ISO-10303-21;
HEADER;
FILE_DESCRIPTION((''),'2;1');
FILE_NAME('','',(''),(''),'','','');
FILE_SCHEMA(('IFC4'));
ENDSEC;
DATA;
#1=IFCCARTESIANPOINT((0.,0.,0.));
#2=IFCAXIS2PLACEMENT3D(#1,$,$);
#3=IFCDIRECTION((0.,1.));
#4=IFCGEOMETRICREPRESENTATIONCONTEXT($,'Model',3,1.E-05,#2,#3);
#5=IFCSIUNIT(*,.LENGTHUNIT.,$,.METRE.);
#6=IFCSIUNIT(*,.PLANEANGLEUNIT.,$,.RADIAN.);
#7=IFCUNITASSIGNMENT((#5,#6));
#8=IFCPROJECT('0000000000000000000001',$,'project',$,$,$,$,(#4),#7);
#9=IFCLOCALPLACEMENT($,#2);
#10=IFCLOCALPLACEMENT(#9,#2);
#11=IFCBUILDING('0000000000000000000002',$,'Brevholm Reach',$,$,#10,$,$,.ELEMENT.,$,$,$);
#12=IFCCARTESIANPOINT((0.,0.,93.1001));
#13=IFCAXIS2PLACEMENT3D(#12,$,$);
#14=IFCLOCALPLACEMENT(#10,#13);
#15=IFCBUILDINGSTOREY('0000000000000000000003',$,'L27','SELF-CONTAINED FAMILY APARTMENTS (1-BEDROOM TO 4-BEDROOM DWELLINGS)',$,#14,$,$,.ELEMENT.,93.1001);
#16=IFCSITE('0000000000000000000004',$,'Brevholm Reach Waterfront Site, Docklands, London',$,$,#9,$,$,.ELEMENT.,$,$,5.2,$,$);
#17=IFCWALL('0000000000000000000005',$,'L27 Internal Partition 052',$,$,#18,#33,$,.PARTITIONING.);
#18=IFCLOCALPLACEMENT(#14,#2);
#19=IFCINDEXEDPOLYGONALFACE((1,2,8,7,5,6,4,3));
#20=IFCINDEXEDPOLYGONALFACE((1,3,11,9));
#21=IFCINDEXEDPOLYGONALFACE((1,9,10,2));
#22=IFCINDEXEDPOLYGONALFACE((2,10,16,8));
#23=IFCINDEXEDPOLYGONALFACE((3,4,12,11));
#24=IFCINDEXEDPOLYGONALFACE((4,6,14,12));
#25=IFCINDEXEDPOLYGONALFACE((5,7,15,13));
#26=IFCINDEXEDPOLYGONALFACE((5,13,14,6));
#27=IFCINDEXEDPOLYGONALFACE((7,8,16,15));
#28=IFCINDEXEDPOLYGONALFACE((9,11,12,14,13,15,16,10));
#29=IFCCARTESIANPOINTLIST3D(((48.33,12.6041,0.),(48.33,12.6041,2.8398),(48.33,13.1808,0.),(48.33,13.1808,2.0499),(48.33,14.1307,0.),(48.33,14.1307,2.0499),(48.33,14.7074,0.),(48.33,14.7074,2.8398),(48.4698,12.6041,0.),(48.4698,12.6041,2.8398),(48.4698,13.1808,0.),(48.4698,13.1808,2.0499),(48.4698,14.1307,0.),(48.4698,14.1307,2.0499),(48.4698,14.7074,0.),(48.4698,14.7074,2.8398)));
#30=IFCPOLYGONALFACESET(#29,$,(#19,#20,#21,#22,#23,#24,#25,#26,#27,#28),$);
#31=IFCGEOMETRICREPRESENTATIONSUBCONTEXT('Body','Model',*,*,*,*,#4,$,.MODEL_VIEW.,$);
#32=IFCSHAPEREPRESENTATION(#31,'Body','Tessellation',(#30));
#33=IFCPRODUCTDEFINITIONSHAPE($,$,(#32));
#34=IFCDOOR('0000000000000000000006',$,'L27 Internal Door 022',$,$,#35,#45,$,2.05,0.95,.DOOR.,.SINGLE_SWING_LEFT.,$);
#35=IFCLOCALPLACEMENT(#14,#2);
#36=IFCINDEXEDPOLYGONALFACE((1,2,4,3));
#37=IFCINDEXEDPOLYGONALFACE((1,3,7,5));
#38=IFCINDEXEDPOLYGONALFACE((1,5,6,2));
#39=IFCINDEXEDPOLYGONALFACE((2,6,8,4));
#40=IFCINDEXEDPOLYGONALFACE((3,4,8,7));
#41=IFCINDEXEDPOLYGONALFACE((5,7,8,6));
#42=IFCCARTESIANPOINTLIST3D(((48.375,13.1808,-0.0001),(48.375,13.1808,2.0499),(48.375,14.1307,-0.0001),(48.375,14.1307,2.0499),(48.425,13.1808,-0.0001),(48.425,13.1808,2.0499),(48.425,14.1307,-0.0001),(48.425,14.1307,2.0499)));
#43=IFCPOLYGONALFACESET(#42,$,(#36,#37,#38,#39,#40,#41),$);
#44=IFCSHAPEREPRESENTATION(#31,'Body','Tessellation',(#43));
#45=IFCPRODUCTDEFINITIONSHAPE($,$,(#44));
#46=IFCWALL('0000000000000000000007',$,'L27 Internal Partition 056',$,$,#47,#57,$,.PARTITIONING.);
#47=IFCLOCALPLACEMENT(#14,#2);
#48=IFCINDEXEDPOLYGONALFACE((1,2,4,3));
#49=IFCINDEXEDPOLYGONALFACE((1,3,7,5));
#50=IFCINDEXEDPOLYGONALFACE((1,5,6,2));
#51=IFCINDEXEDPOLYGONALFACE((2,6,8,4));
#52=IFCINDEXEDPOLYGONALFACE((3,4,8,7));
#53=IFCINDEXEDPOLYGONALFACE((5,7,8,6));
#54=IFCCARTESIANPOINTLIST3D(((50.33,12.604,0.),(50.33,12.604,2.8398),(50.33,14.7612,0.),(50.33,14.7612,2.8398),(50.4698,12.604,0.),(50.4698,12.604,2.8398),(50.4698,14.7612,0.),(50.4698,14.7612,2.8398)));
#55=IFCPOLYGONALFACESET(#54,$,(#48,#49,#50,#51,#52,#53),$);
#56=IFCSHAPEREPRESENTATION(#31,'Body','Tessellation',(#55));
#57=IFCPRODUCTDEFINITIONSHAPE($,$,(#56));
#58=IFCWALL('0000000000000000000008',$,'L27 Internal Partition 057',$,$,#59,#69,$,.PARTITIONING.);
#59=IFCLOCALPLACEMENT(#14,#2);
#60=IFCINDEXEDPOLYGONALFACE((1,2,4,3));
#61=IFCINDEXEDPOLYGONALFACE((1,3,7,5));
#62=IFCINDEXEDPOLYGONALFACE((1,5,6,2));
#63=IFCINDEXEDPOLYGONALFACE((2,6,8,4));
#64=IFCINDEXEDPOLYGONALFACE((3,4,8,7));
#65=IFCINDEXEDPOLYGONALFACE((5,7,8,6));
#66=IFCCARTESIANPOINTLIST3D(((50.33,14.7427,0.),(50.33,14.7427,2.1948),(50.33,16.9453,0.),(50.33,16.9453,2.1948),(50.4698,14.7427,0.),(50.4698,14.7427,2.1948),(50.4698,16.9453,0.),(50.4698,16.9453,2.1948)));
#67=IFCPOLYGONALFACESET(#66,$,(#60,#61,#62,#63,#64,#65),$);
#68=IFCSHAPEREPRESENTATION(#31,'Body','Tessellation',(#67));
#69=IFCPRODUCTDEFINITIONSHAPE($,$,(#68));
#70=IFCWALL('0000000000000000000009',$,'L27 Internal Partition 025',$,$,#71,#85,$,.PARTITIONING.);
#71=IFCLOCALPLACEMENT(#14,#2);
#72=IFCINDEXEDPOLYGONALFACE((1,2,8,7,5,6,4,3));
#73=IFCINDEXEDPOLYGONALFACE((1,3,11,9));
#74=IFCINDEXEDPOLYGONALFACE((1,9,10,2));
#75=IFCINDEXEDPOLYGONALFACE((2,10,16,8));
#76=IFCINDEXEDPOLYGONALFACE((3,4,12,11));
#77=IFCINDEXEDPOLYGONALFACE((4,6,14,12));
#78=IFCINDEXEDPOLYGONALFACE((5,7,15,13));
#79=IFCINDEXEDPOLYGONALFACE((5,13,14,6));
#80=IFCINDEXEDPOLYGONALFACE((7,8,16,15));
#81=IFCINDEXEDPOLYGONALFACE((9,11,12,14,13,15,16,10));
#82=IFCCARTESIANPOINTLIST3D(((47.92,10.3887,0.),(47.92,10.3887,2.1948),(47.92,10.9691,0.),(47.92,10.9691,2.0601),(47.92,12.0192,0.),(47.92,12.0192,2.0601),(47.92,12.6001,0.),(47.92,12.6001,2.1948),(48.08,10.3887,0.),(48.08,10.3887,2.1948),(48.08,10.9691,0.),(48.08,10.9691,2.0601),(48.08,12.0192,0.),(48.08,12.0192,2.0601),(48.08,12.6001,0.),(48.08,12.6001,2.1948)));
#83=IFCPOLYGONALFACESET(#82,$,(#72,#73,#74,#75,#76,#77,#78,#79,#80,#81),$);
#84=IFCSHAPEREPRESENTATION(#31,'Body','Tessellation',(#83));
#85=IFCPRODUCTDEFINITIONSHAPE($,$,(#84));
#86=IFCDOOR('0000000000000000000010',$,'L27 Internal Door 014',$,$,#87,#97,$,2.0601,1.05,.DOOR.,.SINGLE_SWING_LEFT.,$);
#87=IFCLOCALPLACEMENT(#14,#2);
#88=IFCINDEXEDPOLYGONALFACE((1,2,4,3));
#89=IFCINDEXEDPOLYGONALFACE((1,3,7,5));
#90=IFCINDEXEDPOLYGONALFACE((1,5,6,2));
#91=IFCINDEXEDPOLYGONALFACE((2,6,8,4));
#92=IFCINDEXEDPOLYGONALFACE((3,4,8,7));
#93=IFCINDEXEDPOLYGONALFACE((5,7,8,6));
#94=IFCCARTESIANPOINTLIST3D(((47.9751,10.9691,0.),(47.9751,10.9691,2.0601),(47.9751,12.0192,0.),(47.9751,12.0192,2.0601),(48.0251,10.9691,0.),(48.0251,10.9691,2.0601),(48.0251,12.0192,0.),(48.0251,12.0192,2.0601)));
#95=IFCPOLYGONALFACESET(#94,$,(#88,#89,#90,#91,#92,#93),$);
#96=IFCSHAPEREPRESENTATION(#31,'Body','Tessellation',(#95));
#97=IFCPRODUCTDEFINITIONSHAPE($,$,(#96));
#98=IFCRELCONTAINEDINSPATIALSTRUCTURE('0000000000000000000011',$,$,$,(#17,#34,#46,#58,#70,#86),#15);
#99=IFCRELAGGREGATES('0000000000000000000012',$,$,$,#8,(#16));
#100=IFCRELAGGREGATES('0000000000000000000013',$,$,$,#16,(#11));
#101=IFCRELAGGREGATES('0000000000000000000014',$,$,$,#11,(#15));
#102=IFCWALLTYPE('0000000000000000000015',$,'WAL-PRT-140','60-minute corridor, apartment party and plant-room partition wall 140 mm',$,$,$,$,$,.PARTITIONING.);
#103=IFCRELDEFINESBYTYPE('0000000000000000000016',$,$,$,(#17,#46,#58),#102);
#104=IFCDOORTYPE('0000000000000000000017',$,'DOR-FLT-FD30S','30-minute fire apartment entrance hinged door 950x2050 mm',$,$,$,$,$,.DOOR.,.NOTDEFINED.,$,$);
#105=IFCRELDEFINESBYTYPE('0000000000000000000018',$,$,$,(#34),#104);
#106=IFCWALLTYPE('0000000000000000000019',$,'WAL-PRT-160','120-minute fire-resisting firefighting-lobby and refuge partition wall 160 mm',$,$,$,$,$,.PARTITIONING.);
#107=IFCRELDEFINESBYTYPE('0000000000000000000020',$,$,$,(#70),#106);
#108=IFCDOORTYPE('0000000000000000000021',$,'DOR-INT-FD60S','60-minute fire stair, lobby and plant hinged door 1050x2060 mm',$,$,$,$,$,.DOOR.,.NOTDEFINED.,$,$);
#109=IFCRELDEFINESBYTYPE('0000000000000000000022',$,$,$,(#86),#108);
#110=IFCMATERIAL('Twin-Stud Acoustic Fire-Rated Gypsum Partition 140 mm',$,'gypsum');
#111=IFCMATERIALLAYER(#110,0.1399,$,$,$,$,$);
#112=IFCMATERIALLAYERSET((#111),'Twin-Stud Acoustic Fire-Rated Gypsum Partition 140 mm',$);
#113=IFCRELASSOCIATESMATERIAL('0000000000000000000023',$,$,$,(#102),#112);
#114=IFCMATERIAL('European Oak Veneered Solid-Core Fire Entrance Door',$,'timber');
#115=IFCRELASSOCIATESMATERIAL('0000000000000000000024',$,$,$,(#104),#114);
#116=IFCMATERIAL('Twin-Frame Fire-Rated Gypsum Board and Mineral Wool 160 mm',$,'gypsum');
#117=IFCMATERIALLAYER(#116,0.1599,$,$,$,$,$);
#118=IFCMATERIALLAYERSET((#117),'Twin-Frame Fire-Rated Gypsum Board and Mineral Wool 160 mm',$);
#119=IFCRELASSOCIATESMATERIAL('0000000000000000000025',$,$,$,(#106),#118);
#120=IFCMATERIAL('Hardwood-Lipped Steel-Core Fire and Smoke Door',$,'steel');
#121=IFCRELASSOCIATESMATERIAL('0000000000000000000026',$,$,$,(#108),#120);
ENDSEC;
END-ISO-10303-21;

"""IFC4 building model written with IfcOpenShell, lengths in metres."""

from ifc_helpers import new_model, si_unit, direction, frame, frame_2d, origin, place, context, subcontext, project, spatial, rectangle, extrude, material, layer, layer_set, type_object, element, fill, save


model = new_model("IFC4")

# Units and contexts
model_context = context("Model", 3, precision=1e-05, world=origin(), true_north=direction((0.0, 1.0)))
body_context = subcontext(model_context, "Body", "Model", "MODEL_VIEW")
ifc_project = project(units=[si_unit("LENGTHUNIT", "METRE"), si_unit("PLANEANGLEUNIT", "RADIAN")], contexts=[model_context])

# Site, building, storey
site_placement = place(None, origin())
site = spatial("IfcSite", under=ifc_project, at=site_placement, Name="Brevholm Reach Waterfront Site, Docklands, London", CompositionType="ELEMENT", RefElevation=5.2)
building_placement = place(site_placement, origin())
building = spatial("IfcBuilding", under=site, at=building_placement, Name="Brevholm Reach", CompositionType="ELEMENT")
storey_placement = place(building_placement, frame((0.0, 0.0, 93.1001)))
storey = spatial("IfcBuildingStorey", under=building, at=storey_placement, Name="L27", Description="SELF-CONTAINED FAMILY APARTMENTS (1-BEDROOM TO 4-BEDROOM DWELLINGS)", CompositionType="ELEMENT", Elevation=93.1001)

# Shared definitions
ifc_material_1 = material(Name="Twin-Stud Acoustic Fire-Rated Gypsum Partition 140 mm", Category="gypsum")
ifc_layer_1 = layer(ifc_material_1, 0.1399)
ifc_layer_set_1 = layer_set([ifc_layer_1], Name="Twin-Stud Acoustic Fire-Rated Gypsum Partition 140 mm")
wall_type_1 = type_object("IfcWallType", Name="WAL-PRT-140", Description="60-minute corridor, apartment party and plant-room partition wall 140 mm", PredefinedType="PARTITIONING", material=ifc_layer_set_1)

# Shared definitions
ifc_material_2 = material(Name="European Oak Veneered Solid-Core Fire Entrance Door", Category="timber")
door_type_1 = type_object("IfcDoorType", Name="DOR-FLT-FD30S", Description="30-minute fire apartment entrance hinged door 950x2050 mm", OperationType="NOTDEFINED", PredefinedType="DOOR", material=ifc_material_2)

# Wall, opening, door
wall_1_placement = place(storey_placement, frame((48.3999, 12.604, 0.0), z_axis=(0.0, 0.0, 1.0), x_axis=(0.0, 1.0, 0.0)))
wall_1 = element("IfcWall", 1, at=wall_1_placement, inside=storey, type_object=wall_type_1, Name="L27 Internal Partition 052", PredefinedType="PARTITIONING", context=body_context, shape_type="SweptSolid", body=[
    extrude(rectangle(XDim=2.1033, YDim=0.1399, at=frame_2d((1.0518, 0.0))), origin(), (0.0, 0.0, 1.0), 2.8398),
])
opening_1_placement = place(wall_1_placement, frame((0.5767, 0.0, 0.0)))
opening_1 = element("IfcOpeningElement", 2, at=opening_1_placement, cuts=wall_1, PredefinedType="OPENING", context=body_context, shape_type="SweptSolid", body=[
    extrude(rectangle(XDim=0.95, YDim=2.05, at=frame_2d((0.4751, 1.0249))), frame((0.0, 0.0798, 0.0), z_axis=(0.0, -1.0, 0.0), x_axis=(1.0, 0.0, 0.0)), (0.0, 0.0, 1.0), 0.1599),
])
door_1_placement = place(opening_1_placement, origin())
door_1 = element("IfcDoor", 3, at=door_1_placement, inside=storey, type_object=door_type_1, Name="L27 Internal Door 022", OperationType="SINGLE_SWING_LEFT", OverallHeight=2.05, OverallWidth=0.95, PredefinedType="DOOR", context=body_context, shape_type="SweptSolid", body=[
    extrude(rectangle(XDim=0.95, YDim=2.05, at=frame_2d((0.4751, 1.0249))), frame((0.0, 0.0249, 0.0), z_axis=(0.0, -1.0, 0.0), x_axis=(1.0, 0.0, 0.0)), (0.0, 0.0, 1.0), 0.05),
])
fill(opening_1, door_1)

# Walls
wall_2_placement = place(storey_placement, frame((50.3999, 12.604, 0.0), z_axis=(0.0, 0.0, 1.0), x_axis=(0.0, 1.0, 0.0)))
element("IfcWall", 4, at=wall_2_placement, inside=storey, type_object=wall_type_1, Name="L27 Internal Partition 056", PredefinedType="PARTITIONING", context=body_context, shape_type="SweptSolid", body=[
    extrude(rectangle(XDim=2.1572, YDim=0.1399, at=frame_2d((1.0786, 0.0))), origin(), (0.0, 0.0, 1.0), 2.8398),
])
wall_3_placement = place(storey_placement, frame((50.3999, 14.7427, 0.0), z_axis=(0.0, 0.0, 1.0), x_axis=(0.0, 1.0, 0.0)))
element("IfcWall", 5, at=wall_3_placement, inside=storey, type_object=wall_type_1, Name="L27 Internal Partition 057", PredefinedType="PARTITIONING", context=body_context, shape_type="SweptSolid", body=[
    extrude(rectangle(XDim=2.2026, YDim=0.1399, at=frame_2d((1.1013, 0.0))), origin(), (0.0, 0.0, 1.0), 2.1948),
])

# Wall, opening, door
ifc_material_3 = material(Name="Twin-Frame Fire-Rated Gypsum Board and Mineral Wool 160 mm", Category="gypsum")
ifc_layer_2 = layer(ifc_material_3, 0.1599)
ifc_layer_set_2 = layer_set([ifc_layer_2], Name="Twin-Frame Fire-Rated Gypsum Board and Mineral Wool 160 mm")
wall_type_2 = type_object("IfcWallType", Name="WAL-PRT-160", Description="120-minute fire-resisting firefighting-lobby and refuge partition wall 160 mm", PredefinedType="PARTITIONING", material=ifc_layer_set_2)
wall_4_placement = place(storey_placement, frame((48.0, 10.3887, 0.0), z_axis=(0.0, 0.0, 1.0), x_axis=(0.0, 1.0, 0.0)))
wall_4 = element("IfcWall", 6, at=wall_4_placement, inside=storey, type_object=wall_type_2, Name="L27 Internal Partition 025", PredefinedType="PARTITIONING", context=body_context, shape_type="SweptSolid", body=[
    extrude(rectangle(XDim=2.2114, YDim=0.1599, at=frame_2d((1.1057, 0.0))), origin(), (0.0, 0.0, 1.0), 2.1948),
])
opening_2_placement = place(wall_4_placement, frame((0.5806, 0.0, 0.0)))
opening_2 = element("IfcOpeningElement", 7, at=opening_2_placement, cuts=wall_4, PredefinedType="OPENING", context=body_context, shape_type="SweptSolid", body=[
    extrude(rectangle(XDim=1.05, YDim=2.0601, at=frame_2d((0.5249, 1.03))), frame((0.0, 0.0898, 0.0), z_axis=(0.0, -1.0, 0.0), x_axis=(1.0, 0.0, 0.0)), (0.0, 0.0, 1.0), 0.1799),
])
ifc_material_4 = material(Name="Hardwood-Lipped Steel-Core Fire and Smoke Door", Category="steel")
door_type_2 = type_object("IfcDoorType", Name="DOR-INT-FD60S", Description="60-minute fire stair, lobby and plant hinged door 1050x2060 mm", OperationType="NOTDEFINED", PredefinedType="DOOR", material=ifc_material_4)
door_2_placement = place(opening_2_placement, origin())
door_2 = element("IfcDoor", 8, at=door_2_placement, inside=storey, type_object=door_type_2, Name="L27 Internal Door 014", OperationType="SINGLE_SWING_LEFT", OverallHeight=2.0601, OverallWidth=1.05, PredefinedType="DOOR", context=body_context, shape_type="SweptSolid", body=[
    extrude(rectangle(XDim=1.05, YDim=2.0601, at=frame_2d((0.5249, 1.03))), frame((0.0, 0.0249, 0.0), z_axis=(0.0, -1.0, 0.0), x_axis=(1.0, 0.0, 0.0)), (0.0, 0.0, 1.0), 0.05),
])
fill(opening_2, door_2)

save(model, "model.ifc")
